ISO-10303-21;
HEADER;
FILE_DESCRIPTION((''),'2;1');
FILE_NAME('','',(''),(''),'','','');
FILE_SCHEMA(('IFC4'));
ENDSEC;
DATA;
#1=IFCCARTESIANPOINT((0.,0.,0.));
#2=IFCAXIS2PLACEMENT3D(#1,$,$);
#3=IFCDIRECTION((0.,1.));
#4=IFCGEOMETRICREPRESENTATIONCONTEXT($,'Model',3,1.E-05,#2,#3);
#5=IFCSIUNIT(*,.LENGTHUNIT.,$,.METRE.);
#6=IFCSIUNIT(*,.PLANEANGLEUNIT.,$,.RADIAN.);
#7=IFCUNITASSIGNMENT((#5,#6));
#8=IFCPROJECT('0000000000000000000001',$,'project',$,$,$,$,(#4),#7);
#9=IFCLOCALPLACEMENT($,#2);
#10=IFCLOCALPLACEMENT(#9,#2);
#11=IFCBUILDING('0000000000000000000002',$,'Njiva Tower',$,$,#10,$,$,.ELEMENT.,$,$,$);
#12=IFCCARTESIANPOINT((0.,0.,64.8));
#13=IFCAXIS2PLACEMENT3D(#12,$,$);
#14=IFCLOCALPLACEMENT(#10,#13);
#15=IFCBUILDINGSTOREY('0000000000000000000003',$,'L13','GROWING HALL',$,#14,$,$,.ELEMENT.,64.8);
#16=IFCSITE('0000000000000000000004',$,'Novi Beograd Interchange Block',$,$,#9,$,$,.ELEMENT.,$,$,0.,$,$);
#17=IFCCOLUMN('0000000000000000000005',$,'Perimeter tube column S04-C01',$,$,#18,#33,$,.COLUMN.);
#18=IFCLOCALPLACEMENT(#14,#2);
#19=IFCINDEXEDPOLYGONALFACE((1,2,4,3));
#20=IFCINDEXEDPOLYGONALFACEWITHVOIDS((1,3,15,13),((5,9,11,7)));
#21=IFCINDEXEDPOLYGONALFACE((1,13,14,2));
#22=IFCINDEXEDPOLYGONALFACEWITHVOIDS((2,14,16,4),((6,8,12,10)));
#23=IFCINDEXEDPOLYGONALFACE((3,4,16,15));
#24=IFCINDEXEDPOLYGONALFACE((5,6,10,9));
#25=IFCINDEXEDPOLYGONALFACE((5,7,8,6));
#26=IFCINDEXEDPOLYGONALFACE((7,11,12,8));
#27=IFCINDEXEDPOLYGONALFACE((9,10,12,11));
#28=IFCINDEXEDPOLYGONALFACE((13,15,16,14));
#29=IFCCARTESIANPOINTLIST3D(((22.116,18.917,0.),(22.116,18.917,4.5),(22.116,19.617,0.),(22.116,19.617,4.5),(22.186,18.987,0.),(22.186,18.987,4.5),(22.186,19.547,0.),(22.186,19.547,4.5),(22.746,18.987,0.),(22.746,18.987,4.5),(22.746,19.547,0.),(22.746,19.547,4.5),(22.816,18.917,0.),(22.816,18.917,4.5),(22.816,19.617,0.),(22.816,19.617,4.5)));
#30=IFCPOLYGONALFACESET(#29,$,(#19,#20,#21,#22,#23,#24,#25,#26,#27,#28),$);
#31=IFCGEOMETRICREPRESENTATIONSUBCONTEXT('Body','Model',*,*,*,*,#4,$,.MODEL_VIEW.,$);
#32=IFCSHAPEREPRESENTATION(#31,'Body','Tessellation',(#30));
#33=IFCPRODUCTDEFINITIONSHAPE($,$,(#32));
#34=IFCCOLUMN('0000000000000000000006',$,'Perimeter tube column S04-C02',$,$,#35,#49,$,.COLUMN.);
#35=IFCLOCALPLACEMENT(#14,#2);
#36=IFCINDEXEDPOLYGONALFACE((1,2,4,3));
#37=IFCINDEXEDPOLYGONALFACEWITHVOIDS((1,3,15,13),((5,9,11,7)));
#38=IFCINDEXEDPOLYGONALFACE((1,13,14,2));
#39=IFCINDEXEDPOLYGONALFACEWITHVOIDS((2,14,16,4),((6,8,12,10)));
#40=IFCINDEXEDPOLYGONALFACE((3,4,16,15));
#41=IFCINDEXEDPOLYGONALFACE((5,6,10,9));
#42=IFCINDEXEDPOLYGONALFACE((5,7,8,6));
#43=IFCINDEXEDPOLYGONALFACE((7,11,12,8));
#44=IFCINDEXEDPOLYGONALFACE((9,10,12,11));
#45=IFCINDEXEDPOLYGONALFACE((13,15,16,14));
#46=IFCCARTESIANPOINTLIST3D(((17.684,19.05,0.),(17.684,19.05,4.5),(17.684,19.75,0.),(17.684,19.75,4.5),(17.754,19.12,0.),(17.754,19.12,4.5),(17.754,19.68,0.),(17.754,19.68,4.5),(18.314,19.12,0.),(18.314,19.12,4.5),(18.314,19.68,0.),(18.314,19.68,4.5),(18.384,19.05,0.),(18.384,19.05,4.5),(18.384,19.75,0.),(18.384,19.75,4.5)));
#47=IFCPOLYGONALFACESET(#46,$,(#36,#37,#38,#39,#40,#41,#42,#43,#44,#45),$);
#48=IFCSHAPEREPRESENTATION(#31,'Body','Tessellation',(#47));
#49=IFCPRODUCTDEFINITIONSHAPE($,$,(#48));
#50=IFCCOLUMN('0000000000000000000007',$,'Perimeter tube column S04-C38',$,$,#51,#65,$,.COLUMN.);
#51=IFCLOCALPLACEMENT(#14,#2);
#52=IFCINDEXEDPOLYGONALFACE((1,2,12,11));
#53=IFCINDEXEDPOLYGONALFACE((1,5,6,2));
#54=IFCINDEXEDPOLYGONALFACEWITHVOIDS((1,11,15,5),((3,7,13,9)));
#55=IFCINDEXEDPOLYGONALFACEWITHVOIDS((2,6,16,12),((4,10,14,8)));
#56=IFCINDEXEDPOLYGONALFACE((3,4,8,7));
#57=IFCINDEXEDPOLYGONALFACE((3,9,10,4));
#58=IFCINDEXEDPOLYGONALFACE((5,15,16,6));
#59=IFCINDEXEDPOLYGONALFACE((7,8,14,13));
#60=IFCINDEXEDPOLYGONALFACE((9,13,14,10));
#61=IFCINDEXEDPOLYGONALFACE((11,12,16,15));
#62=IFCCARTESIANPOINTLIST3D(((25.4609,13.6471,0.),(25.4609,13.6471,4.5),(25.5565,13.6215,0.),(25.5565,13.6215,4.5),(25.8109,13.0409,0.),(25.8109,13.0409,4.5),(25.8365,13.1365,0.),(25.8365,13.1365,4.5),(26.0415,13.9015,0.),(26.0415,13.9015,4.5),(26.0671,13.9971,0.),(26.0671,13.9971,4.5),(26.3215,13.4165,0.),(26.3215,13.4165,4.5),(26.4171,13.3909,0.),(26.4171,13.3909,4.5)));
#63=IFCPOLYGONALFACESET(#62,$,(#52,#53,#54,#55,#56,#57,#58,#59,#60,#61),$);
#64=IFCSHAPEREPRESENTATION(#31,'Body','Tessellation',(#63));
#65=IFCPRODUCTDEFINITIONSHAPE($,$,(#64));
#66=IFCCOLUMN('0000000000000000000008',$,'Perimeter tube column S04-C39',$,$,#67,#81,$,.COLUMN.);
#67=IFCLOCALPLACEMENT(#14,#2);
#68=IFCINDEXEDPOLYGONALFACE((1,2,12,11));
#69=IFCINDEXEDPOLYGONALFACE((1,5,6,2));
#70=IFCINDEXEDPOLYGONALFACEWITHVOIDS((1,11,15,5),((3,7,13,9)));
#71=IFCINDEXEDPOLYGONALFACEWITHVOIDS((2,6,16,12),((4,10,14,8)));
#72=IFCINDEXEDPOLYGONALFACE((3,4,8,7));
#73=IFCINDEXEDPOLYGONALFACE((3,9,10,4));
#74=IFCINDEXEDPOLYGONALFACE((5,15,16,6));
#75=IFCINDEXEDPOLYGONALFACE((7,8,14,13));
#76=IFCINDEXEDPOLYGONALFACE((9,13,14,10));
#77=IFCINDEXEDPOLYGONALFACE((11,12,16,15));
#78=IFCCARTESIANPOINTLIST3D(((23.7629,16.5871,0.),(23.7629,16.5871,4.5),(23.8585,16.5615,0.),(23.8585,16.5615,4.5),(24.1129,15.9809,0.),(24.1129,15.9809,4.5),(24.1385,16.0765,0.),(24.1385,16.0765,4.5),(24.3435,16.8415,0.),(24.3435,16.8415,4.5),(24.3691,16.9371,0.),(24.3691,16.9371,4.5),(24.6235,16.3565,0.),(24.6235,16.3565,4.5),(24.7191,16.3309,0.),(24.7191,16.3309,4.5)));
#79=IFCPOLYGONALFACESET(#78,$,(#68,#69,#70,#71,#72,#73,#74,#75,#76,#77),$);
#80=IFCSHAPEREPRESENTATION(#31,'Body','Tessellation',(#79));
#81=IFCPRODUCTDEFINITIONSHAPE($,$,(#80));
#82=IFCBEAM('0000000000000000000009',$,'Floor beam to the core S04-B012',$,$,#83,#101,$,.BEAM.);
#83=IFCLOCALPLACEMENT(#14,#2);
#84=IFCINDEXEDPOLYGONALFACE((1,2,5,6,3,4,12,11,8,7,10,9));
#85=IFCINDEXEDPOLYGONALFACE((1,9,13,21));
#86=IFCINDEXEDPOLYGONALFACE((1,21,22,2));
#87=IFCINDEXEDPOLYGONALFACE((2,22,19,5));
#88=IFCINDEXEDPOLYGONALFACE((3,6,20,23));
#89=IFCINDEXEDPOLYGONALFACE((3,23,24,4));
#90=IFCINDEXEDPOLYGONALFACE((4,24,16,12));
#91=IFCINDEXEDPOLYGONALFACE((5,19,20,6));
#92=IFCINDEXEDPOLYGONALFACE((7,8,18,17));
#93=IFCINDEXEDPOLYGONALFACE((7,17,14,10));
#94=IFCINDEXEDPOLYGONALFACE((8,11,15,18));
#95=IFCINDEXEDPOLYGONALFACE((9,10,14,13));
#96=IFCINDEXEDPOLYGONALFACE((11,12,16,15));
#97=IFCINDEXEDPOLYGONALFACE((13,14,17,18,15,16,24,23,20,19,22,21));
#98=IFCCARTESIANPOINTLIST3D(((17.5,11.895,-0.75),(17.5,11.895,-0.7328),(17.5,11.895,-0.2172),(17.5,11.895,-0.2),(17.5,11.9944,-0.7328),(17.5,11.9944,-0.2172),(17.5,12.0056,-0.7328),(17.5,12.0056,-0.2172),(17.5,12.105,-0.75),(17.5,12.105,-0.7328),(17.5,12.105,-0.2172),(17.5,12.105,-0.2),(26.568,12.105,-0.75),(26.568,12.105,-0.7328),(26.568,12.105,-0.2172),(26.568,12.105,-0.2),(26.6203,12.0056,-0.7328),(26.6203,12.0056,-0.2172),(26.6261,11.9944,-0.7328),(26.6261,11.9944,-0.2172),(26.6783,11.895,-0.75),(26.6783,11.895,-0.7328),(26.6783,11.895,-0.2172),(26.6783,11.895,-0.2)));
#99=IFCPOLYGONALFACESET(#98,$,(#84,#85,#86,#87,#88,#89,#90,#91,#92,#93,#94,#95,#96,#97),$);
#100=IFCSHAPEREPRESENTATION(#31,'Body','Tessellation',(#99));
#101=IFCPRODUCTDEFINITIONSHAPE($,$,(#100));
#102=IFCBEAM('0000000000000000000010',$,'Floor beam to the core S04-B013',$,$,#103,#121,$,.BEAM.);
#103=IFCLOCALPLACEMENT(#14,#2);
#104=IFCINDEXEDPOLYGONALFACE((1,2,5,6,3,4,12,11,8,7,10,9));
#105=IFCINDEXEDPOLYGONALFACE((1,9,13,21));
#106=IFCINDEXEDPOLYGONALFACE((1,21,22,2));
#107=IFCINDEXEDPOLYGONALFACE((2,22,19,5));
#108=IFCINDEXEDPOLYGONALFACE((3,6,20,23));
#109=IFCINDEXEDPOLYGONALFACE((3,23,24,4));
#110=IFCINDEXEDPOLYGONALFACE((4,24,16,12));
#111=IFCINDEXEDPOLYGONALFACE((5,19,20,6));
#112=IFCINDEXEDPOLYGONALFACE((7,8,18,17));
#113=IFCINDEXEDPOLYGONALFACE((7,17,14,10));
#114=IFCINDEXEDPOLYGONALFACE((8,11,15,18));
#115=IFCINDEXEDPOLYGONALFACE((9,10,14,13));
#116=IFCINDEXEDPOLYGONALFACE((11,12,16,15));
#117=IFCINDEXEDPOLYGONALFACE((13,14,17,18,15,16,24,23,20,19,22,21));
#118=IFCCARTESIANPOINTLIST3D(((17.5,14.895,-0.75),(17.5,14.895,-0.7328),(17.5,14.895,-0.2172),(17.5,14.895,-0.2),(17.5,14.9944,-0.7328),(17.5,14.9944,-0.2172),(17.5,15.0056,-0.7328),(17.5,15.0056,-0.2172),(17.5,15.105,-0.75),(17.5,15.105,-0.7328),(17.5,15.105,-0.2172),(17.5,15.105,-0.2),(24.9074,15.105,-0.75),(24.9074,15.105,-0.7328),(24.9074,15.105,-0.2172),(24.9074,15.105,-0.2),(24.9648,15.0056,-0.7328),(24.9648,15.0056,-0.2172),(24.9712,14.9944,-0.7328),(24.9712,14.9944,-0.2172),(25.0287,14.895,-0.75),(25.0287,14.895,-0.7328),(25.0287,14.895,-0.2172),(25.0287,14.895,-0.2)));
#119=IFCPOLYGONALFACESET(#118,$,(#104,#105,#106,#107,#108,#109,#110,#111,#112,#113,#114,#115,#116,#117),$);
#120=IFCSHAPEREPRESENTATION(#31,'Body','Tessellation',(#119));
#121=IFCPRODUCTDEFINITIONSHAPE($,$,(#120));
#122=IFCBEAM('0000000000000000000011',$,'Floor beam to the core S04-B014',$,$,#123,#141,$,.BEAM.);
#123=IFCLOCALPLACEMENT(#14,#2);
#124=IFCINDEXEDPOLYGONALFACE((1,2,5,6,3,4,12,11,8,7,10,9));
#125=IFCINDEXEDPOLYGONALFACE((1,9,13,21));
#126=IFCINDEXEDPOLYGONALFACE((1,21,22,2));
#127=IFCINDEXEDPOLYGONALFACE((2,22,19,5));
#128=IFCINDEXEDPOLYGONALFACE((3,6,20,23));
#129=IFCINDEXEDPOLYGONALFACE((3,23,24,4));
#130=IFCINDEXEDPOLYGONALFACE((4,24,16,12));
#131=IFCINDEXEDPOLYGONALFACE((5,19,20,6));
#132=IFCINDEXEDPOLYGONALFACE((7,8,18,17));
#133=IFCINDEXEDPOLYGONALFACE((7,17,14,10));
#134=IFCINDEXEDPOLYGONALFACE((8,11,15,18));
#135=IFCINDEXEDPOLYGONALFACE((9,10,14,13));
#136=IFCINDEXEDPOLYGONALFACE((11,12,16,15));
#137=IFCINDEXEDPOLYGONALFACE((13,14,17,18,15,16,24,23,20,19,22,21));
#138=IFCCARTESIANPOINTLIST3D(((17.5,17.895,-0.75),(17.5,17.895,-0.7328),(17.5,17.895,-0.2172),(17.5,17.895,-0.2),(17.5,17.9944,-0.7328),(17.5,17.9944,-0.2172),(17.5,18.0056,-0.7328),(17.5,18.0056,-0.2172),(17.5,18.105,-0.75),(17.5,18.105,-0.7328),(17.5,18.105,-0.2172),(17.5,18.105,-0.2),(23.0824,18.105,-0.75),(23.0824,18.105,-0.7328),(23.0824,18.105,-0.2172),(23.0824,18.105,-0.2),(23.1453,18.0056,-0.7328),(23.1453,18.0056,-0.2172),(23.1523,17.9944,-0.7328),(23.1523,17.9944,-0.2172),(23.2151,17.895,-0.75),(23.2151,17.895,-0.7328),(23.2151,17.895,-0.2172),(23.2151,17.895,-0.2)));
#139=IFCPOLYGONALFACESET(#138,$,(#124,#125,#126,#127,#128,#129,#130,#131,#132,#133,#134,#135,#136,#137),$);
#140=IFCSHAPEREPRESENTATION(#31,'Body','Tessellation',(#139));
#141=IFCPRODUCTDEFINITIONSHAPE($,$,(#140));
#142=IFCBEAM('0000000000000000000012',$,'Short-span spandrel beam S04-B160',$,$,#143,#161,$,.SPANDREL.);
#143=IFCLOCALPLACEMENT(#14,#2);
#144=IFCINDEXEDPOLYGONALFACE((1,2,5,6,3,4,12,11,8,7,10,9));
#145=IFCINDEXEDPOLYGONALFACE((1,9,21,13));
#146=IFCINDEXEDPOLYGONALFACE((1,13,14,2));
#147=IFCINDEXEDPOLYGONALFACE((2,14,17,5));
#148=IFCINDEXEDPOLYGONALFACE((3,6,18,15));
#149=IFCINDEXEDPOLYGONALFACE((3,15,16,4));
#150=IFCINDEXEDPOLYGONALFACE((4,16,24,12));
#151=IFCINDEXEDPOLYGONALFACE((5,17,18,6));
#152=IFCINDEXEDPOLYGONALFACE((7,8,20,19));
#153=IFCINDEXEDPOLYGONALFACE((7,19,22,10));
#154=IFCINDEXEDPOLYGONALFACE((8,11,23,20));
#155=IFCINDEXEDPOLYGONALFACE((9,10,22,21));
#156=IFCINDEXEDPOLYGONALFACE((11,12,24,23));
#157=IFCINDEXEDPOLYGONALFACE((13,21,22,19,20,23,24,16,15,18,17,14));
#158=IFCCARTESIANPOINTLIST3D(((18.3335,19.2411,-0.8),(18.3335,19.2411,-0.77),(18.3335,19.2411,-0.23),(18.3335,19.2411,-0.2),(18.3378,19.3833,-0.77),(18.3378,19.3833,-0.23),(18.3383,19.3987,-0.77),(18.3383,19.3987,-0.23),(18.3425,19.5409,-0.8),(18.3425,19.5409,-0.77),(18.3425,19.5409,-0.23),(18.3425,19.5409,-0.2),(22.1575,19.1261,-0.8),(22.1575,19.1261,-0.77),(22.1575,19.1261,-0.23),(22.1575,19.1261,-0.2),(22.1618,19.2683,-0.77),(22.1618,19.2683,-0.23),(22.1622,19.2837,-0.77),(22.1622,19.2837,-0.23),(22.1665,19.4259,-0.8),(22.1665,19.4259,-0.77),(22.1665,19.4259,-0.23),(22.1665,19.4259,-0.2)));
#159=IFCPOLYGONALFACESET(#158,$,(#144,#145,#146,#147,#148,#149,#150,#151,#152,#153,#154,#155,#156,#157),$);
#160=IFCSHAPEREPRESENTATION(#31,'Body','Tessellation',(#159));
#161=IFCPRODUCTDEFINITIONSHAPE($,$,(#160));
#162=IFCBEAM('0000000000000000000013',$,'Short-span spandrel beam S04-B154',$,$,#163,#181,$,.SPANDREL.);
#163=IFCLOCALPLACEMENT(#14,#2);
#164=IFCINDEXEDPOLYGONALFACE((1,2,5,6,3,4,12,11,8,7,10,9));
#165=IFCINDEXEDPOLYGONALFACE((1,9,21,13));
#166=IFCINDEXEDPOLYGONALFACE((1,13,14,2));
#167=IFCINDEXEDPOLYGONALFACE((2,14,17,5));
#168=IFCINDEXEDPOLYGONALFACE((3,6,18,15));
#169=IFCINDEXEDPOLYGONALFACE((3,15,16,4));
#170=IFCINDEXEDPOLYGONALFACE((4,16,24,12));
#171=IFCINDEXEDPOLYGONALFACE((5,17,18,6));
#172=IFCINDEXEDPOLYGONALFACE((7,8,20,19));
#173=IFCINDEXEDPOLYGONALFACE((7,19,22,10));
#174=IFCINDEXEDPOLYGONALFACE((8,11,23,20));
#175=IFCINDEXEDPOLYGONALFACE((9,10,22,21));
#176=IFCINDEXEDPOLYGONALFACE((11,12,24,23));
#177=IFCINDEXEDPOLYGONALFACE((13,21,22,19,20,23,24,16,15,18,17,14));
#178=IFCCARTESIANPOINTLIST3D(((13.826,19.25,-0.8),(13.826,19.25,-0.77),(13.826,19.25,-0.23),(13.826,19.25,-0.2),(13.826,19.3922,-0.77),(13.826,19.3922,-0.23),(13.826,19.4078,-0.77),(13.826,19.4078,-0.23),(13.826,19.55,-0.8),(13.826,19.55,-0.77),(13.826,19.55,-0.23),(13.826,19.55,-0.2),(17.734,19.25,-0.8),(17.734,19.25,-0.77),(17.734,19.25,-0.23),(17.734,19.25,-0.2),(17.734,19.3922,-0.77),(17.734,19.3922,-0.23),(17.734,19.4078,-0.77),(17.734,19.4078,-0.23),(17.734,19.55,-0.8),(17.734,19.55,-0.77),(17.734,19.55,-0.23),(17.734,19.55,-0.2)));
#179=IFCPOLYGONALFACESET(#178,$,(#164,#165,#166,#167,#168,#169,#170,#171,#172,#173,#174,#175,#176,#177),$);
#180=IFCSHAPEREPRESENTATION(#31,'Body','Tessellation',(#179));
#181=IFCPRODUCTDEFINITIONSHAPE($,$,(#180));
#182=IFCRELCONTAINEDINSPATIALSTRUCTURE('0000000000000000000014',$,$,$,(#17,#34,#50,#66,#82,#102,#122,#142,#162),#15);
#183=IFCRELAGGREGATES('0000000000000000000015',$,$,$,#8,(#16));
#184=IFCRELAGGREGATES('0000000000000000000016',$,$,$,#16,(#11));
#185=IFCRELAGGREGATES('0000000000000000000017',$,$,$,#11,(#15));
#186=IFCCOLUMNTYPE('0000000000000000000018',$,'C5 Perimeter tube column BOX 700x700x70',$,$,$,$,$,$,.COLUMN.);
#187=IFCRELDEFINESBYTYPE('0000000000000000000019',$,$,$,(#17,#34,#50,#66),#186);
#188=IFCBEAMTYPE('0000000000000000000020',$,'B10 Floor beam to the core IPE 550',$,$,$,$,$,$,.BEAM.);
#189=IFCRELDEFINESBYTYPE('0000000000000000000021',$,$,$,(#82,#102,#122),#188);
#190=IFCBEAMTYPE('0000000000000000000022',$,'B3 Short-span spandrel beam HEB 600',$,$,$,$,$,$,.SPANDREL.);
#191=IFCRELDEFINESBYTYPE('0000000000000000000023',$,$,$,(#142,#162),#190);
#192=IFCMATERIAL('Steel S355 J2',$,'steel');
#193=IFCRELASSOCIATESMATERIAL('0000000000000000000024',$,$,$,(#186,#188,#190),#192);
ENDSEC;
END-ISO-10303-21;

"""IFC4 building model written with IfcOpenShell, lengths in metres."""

from ifc_helpers import new_model, si_unit, direction, frame, origin, origin_2d, place, context, subcontext, project, spatial, hollow_rectangle, i_section, extrude, clip, halfspace, material, material_profile, profile_set, type_object, element, save


model = new_model("IFC4")

# Units and contexts
model_context = context("Model", 3, precision=1e-05, world=origin(), true_north=direction((0.0, 1.0)))
body_context = subcontext(model_context, "Body", "Model", "MODEL_VIEW")
ifc_project = project(units=[si_unit("LENGTHUNIT", "METRE"), si_unit("PLANEANGLEUNIT", "RADIAN")], contexts=[model_context])

# Site, building, storey
site_placement = place(None, origin())
site = spatial("IfcSite", under=ifc_project, at=site_placement, Name="Novi Beograd Interchange Block", CompositionType="ELEMENT", RefElevation=0.0)
building_placement = place(site_placement, origin())
building = spatial("IfcBuilding", under=site, at=building_placement, Name="Njiva Tower", CompositionType="ELEMENT")
storey_placement = place(building_placement, frame((0.0, 0.0, 64.8)))
storey = spatial("IfcBuildingStorey", under=building, at=storey_placement, Name="L13", Description="GROWING HALL", CompositionType="ELEMENT", Elevation=64.8)

# Columns
ifc_material_1 = material(Name="Steel S355 J2", Category="steel")
ifc_material_profile_1 = material_profile(ifc_material_1, hollow_rectangle(XDim=0.7, YDim=0.7, WallThickness=0.07, at=origin_2d()), Name="BOX 700x700x70")
ifc_profile_set_1 = profile_set([ifc_material_profile_1], Name="Steel S355 J2")
column_type = type_object("IfcColumnType", Name="C5 Perimeter tube column BOX 700x700x70", PredefinedType="COLUMN", material=ifc_profile_set_1)
for number, where, z_axis, x_axis, name in (
    (1, (22.466, 19.267, 0.0), (0.0, 0.0, 1.0), (-1.0, 0.0, 0.0), "Perimeter tube column S04-C01"),
    (2, (18.034, 19.4, 0.0), (0.0, 0.0, 1.0), (-1.0, 0.0, 0.0), "Perimeter tube column S04-C02"),
    (3, (25.939, 13.519, 0.0), (0.0, 0.0, 1.0), (-0.5, 0.866025, 0.0), "Perimeter tube column S04-C38"),
    (4, (24.241, 16.459, 0.0), (0.0, 0.0, 1.0), (-0.5, 0.866025, 0.0), "Perimeter tube column S04-C39"),
):
    element("IfcColumn", number, at=place(storey_placement, frame(where, z_axis=z_axis, x_axis=x_axis)), inside=storey, type_object=column_type, Name=name, PredefinedType="COLUMN", context=body_context, shape_type="SweptSolid", body=[
        extrude(hollow_rectangle(XDim=0.7, YDim=0.7, WallThickness=0.07, at=origin_2d()), origin(), (0.0, 0.0, 1.0), 4.5),
    ])

# Beams
ifc_material_profile_2 = material_profile(ifc_material_1, i_section(OverallWidth=0.21, OverallDepth=0.55, WebThickness=0.0111, FlangeThickness=0.0172, at=origin_2d()), Name="IPE 550")
ifc_profile_set_2 = profile_set([ifc_material_profile_2], Name="Steel S355 J2")
beam_type_1 = type_object("IfcBeamType", Name="B10 Floor beam to the core IPE 550", PredefinedType="BEAM", material=ifc_profile_set_2)
beam_1_placement = place(storey_placement, frame((17.5, 12.0, -0.475), z_axis=(1.0, 0.0, 0.0), x_axis=(0.0, 1.0, 0.0)))
element("IfcBeam", 5, at=beam_1_placement, inside=storey, type_object=beam_type_1, Name="Floor beam to the core S04-B012", PredefinedType="BEAM", context=body_context, shape_type="Clipping", body=[
    clip(extrude(i_section(OverallWidth=0.21, OverallDepth=0.55, WebThickness=0.0111, FlangeThickness=0.0172, at=origin_2d()), origin(), (0.0, 0.0, 1.0), 9.198), halfspace(frame((0.0232, 0.0, 9.111), z_axis=(0.464889, 0.0, 0.885369), x_axis=(0.0, 1.0, 0.0)), False)),
])
beam_2_placement = place(storey_placement, frame((17.5, 15.0, -0.475), z_axis=(1.0, 0.0, 0.0), x_axis=(0.0, 1.0, 0.0)))
element("IfcBeam", 6, at=beam_2_placement, inside=storey, type_object=beam_type_1, Name="Floor beam to the core S04-B013", PredefinedType="BEAM", context=body_context, shape_type="Clipping", body=[
    clip(extrude(i_section(OverallWidth=0.21, OverallDepth=0.55, WebThickness=0.0111, FlangeThickness=0.0172, at=origin_2d()), origin(), (0.0, 0.0, 1.0), 7.549), halfspace(frame((0.025, 0.0, 7.4536), z_axis=(0.499998, 0.0, 0.866027), x_axis=(0.0, 1.0, 0.0)), False)),
])
beam_3_placement = place(storey_placement, frame((17.5, 18.0, -0.475), z_axis=(1.0, 0.0, 0.0), x_axis=(0.0, 1.0, 0.0)))
element("IfcBeam", 7, at=beam_3_placement, inside=storey, type_object=beam_type_1, Name="Floor beam to the core S04-B014", PredefinedType="BEAM", context=body_context, shape_type="Clipping", body=[
    clip(extrude(i_section(OverallWidth=0.21, OverallDepth=0.55, WebThickness=0.0111, FlangeThickness=0.0172, at=origin_2d()), origin(), (0.0, 0.0, 1.0), 5.735), halfspace(frame((0.0267, 0.0, 5.6319), z_axis=(0.534309, 0.0, 0.845289), x_axis=(0.0, 1.0, 0.0)), False)),
])
ifc_material_profile_3 = material_profile(ifc_material_1, i_section(OverallWidth=0.3, OverallDepth=0.6, WebThickness=0.0155, FlangeThickness=0.03, at=origin_2d()), Name="HEB 600")
ifc_profile_set_3 = profile_set([ifc_material_profile_3], Name="Steel S355 J2")
beam_type_2 = type_object("IfcBeamType", Name="B3 Short-span spandrel beam HEB 600", PredefinedType="SPANDREL", material=ifc_profile_set_3)
beam_4_placement = place(storey_placement, frame((22.162, 19.276, -0.5), z_axis=(-0.999548, 0.03006, 0.0), x_axis=(-0.03006, -0.999548, 0.0)))
element("IfcBeam", 8, at=beam_4_placement, inside=storey, type_object=beam_type_2, Name="Short-span spandrel beam S04-B160", PredefinedType="SPANDREL", context=body_context, shape_type="SweptSolid", body=[
    extrude(i_section(OverallWidth=0.3, OverallDepth=0.6, WebThickness=0.0155, FlangeThickness=0.03, at=origin_2d()), origin(), (0.0, 0.0, 1.0), 3.8257),
])
beam_5_placement = place(storey_placement, frame((17.734, 19.4, -0.5), z_axis=(-1.0, 0.0, 0.0), x_axis=(0.0, -1.0, 0.0)))
element("IfcBeam", 9, at=beam_5_placement, inside=storey, type_object=beam_type_2, Name="Short-span spandrel beam S04-B154", PredefinedType="SPANDREL", context=body_context, shape_type="SweptSolid", body=[
    extrude(i_section(OverallWidth=0.3, OverallDepth=0.6, WebThickness=0.0155, FlangeThickness=0.03, at=origin_2d()), origin(), (0.0, 0.0, 1.0), 3.908),
])

save(model, "model.ifc")
